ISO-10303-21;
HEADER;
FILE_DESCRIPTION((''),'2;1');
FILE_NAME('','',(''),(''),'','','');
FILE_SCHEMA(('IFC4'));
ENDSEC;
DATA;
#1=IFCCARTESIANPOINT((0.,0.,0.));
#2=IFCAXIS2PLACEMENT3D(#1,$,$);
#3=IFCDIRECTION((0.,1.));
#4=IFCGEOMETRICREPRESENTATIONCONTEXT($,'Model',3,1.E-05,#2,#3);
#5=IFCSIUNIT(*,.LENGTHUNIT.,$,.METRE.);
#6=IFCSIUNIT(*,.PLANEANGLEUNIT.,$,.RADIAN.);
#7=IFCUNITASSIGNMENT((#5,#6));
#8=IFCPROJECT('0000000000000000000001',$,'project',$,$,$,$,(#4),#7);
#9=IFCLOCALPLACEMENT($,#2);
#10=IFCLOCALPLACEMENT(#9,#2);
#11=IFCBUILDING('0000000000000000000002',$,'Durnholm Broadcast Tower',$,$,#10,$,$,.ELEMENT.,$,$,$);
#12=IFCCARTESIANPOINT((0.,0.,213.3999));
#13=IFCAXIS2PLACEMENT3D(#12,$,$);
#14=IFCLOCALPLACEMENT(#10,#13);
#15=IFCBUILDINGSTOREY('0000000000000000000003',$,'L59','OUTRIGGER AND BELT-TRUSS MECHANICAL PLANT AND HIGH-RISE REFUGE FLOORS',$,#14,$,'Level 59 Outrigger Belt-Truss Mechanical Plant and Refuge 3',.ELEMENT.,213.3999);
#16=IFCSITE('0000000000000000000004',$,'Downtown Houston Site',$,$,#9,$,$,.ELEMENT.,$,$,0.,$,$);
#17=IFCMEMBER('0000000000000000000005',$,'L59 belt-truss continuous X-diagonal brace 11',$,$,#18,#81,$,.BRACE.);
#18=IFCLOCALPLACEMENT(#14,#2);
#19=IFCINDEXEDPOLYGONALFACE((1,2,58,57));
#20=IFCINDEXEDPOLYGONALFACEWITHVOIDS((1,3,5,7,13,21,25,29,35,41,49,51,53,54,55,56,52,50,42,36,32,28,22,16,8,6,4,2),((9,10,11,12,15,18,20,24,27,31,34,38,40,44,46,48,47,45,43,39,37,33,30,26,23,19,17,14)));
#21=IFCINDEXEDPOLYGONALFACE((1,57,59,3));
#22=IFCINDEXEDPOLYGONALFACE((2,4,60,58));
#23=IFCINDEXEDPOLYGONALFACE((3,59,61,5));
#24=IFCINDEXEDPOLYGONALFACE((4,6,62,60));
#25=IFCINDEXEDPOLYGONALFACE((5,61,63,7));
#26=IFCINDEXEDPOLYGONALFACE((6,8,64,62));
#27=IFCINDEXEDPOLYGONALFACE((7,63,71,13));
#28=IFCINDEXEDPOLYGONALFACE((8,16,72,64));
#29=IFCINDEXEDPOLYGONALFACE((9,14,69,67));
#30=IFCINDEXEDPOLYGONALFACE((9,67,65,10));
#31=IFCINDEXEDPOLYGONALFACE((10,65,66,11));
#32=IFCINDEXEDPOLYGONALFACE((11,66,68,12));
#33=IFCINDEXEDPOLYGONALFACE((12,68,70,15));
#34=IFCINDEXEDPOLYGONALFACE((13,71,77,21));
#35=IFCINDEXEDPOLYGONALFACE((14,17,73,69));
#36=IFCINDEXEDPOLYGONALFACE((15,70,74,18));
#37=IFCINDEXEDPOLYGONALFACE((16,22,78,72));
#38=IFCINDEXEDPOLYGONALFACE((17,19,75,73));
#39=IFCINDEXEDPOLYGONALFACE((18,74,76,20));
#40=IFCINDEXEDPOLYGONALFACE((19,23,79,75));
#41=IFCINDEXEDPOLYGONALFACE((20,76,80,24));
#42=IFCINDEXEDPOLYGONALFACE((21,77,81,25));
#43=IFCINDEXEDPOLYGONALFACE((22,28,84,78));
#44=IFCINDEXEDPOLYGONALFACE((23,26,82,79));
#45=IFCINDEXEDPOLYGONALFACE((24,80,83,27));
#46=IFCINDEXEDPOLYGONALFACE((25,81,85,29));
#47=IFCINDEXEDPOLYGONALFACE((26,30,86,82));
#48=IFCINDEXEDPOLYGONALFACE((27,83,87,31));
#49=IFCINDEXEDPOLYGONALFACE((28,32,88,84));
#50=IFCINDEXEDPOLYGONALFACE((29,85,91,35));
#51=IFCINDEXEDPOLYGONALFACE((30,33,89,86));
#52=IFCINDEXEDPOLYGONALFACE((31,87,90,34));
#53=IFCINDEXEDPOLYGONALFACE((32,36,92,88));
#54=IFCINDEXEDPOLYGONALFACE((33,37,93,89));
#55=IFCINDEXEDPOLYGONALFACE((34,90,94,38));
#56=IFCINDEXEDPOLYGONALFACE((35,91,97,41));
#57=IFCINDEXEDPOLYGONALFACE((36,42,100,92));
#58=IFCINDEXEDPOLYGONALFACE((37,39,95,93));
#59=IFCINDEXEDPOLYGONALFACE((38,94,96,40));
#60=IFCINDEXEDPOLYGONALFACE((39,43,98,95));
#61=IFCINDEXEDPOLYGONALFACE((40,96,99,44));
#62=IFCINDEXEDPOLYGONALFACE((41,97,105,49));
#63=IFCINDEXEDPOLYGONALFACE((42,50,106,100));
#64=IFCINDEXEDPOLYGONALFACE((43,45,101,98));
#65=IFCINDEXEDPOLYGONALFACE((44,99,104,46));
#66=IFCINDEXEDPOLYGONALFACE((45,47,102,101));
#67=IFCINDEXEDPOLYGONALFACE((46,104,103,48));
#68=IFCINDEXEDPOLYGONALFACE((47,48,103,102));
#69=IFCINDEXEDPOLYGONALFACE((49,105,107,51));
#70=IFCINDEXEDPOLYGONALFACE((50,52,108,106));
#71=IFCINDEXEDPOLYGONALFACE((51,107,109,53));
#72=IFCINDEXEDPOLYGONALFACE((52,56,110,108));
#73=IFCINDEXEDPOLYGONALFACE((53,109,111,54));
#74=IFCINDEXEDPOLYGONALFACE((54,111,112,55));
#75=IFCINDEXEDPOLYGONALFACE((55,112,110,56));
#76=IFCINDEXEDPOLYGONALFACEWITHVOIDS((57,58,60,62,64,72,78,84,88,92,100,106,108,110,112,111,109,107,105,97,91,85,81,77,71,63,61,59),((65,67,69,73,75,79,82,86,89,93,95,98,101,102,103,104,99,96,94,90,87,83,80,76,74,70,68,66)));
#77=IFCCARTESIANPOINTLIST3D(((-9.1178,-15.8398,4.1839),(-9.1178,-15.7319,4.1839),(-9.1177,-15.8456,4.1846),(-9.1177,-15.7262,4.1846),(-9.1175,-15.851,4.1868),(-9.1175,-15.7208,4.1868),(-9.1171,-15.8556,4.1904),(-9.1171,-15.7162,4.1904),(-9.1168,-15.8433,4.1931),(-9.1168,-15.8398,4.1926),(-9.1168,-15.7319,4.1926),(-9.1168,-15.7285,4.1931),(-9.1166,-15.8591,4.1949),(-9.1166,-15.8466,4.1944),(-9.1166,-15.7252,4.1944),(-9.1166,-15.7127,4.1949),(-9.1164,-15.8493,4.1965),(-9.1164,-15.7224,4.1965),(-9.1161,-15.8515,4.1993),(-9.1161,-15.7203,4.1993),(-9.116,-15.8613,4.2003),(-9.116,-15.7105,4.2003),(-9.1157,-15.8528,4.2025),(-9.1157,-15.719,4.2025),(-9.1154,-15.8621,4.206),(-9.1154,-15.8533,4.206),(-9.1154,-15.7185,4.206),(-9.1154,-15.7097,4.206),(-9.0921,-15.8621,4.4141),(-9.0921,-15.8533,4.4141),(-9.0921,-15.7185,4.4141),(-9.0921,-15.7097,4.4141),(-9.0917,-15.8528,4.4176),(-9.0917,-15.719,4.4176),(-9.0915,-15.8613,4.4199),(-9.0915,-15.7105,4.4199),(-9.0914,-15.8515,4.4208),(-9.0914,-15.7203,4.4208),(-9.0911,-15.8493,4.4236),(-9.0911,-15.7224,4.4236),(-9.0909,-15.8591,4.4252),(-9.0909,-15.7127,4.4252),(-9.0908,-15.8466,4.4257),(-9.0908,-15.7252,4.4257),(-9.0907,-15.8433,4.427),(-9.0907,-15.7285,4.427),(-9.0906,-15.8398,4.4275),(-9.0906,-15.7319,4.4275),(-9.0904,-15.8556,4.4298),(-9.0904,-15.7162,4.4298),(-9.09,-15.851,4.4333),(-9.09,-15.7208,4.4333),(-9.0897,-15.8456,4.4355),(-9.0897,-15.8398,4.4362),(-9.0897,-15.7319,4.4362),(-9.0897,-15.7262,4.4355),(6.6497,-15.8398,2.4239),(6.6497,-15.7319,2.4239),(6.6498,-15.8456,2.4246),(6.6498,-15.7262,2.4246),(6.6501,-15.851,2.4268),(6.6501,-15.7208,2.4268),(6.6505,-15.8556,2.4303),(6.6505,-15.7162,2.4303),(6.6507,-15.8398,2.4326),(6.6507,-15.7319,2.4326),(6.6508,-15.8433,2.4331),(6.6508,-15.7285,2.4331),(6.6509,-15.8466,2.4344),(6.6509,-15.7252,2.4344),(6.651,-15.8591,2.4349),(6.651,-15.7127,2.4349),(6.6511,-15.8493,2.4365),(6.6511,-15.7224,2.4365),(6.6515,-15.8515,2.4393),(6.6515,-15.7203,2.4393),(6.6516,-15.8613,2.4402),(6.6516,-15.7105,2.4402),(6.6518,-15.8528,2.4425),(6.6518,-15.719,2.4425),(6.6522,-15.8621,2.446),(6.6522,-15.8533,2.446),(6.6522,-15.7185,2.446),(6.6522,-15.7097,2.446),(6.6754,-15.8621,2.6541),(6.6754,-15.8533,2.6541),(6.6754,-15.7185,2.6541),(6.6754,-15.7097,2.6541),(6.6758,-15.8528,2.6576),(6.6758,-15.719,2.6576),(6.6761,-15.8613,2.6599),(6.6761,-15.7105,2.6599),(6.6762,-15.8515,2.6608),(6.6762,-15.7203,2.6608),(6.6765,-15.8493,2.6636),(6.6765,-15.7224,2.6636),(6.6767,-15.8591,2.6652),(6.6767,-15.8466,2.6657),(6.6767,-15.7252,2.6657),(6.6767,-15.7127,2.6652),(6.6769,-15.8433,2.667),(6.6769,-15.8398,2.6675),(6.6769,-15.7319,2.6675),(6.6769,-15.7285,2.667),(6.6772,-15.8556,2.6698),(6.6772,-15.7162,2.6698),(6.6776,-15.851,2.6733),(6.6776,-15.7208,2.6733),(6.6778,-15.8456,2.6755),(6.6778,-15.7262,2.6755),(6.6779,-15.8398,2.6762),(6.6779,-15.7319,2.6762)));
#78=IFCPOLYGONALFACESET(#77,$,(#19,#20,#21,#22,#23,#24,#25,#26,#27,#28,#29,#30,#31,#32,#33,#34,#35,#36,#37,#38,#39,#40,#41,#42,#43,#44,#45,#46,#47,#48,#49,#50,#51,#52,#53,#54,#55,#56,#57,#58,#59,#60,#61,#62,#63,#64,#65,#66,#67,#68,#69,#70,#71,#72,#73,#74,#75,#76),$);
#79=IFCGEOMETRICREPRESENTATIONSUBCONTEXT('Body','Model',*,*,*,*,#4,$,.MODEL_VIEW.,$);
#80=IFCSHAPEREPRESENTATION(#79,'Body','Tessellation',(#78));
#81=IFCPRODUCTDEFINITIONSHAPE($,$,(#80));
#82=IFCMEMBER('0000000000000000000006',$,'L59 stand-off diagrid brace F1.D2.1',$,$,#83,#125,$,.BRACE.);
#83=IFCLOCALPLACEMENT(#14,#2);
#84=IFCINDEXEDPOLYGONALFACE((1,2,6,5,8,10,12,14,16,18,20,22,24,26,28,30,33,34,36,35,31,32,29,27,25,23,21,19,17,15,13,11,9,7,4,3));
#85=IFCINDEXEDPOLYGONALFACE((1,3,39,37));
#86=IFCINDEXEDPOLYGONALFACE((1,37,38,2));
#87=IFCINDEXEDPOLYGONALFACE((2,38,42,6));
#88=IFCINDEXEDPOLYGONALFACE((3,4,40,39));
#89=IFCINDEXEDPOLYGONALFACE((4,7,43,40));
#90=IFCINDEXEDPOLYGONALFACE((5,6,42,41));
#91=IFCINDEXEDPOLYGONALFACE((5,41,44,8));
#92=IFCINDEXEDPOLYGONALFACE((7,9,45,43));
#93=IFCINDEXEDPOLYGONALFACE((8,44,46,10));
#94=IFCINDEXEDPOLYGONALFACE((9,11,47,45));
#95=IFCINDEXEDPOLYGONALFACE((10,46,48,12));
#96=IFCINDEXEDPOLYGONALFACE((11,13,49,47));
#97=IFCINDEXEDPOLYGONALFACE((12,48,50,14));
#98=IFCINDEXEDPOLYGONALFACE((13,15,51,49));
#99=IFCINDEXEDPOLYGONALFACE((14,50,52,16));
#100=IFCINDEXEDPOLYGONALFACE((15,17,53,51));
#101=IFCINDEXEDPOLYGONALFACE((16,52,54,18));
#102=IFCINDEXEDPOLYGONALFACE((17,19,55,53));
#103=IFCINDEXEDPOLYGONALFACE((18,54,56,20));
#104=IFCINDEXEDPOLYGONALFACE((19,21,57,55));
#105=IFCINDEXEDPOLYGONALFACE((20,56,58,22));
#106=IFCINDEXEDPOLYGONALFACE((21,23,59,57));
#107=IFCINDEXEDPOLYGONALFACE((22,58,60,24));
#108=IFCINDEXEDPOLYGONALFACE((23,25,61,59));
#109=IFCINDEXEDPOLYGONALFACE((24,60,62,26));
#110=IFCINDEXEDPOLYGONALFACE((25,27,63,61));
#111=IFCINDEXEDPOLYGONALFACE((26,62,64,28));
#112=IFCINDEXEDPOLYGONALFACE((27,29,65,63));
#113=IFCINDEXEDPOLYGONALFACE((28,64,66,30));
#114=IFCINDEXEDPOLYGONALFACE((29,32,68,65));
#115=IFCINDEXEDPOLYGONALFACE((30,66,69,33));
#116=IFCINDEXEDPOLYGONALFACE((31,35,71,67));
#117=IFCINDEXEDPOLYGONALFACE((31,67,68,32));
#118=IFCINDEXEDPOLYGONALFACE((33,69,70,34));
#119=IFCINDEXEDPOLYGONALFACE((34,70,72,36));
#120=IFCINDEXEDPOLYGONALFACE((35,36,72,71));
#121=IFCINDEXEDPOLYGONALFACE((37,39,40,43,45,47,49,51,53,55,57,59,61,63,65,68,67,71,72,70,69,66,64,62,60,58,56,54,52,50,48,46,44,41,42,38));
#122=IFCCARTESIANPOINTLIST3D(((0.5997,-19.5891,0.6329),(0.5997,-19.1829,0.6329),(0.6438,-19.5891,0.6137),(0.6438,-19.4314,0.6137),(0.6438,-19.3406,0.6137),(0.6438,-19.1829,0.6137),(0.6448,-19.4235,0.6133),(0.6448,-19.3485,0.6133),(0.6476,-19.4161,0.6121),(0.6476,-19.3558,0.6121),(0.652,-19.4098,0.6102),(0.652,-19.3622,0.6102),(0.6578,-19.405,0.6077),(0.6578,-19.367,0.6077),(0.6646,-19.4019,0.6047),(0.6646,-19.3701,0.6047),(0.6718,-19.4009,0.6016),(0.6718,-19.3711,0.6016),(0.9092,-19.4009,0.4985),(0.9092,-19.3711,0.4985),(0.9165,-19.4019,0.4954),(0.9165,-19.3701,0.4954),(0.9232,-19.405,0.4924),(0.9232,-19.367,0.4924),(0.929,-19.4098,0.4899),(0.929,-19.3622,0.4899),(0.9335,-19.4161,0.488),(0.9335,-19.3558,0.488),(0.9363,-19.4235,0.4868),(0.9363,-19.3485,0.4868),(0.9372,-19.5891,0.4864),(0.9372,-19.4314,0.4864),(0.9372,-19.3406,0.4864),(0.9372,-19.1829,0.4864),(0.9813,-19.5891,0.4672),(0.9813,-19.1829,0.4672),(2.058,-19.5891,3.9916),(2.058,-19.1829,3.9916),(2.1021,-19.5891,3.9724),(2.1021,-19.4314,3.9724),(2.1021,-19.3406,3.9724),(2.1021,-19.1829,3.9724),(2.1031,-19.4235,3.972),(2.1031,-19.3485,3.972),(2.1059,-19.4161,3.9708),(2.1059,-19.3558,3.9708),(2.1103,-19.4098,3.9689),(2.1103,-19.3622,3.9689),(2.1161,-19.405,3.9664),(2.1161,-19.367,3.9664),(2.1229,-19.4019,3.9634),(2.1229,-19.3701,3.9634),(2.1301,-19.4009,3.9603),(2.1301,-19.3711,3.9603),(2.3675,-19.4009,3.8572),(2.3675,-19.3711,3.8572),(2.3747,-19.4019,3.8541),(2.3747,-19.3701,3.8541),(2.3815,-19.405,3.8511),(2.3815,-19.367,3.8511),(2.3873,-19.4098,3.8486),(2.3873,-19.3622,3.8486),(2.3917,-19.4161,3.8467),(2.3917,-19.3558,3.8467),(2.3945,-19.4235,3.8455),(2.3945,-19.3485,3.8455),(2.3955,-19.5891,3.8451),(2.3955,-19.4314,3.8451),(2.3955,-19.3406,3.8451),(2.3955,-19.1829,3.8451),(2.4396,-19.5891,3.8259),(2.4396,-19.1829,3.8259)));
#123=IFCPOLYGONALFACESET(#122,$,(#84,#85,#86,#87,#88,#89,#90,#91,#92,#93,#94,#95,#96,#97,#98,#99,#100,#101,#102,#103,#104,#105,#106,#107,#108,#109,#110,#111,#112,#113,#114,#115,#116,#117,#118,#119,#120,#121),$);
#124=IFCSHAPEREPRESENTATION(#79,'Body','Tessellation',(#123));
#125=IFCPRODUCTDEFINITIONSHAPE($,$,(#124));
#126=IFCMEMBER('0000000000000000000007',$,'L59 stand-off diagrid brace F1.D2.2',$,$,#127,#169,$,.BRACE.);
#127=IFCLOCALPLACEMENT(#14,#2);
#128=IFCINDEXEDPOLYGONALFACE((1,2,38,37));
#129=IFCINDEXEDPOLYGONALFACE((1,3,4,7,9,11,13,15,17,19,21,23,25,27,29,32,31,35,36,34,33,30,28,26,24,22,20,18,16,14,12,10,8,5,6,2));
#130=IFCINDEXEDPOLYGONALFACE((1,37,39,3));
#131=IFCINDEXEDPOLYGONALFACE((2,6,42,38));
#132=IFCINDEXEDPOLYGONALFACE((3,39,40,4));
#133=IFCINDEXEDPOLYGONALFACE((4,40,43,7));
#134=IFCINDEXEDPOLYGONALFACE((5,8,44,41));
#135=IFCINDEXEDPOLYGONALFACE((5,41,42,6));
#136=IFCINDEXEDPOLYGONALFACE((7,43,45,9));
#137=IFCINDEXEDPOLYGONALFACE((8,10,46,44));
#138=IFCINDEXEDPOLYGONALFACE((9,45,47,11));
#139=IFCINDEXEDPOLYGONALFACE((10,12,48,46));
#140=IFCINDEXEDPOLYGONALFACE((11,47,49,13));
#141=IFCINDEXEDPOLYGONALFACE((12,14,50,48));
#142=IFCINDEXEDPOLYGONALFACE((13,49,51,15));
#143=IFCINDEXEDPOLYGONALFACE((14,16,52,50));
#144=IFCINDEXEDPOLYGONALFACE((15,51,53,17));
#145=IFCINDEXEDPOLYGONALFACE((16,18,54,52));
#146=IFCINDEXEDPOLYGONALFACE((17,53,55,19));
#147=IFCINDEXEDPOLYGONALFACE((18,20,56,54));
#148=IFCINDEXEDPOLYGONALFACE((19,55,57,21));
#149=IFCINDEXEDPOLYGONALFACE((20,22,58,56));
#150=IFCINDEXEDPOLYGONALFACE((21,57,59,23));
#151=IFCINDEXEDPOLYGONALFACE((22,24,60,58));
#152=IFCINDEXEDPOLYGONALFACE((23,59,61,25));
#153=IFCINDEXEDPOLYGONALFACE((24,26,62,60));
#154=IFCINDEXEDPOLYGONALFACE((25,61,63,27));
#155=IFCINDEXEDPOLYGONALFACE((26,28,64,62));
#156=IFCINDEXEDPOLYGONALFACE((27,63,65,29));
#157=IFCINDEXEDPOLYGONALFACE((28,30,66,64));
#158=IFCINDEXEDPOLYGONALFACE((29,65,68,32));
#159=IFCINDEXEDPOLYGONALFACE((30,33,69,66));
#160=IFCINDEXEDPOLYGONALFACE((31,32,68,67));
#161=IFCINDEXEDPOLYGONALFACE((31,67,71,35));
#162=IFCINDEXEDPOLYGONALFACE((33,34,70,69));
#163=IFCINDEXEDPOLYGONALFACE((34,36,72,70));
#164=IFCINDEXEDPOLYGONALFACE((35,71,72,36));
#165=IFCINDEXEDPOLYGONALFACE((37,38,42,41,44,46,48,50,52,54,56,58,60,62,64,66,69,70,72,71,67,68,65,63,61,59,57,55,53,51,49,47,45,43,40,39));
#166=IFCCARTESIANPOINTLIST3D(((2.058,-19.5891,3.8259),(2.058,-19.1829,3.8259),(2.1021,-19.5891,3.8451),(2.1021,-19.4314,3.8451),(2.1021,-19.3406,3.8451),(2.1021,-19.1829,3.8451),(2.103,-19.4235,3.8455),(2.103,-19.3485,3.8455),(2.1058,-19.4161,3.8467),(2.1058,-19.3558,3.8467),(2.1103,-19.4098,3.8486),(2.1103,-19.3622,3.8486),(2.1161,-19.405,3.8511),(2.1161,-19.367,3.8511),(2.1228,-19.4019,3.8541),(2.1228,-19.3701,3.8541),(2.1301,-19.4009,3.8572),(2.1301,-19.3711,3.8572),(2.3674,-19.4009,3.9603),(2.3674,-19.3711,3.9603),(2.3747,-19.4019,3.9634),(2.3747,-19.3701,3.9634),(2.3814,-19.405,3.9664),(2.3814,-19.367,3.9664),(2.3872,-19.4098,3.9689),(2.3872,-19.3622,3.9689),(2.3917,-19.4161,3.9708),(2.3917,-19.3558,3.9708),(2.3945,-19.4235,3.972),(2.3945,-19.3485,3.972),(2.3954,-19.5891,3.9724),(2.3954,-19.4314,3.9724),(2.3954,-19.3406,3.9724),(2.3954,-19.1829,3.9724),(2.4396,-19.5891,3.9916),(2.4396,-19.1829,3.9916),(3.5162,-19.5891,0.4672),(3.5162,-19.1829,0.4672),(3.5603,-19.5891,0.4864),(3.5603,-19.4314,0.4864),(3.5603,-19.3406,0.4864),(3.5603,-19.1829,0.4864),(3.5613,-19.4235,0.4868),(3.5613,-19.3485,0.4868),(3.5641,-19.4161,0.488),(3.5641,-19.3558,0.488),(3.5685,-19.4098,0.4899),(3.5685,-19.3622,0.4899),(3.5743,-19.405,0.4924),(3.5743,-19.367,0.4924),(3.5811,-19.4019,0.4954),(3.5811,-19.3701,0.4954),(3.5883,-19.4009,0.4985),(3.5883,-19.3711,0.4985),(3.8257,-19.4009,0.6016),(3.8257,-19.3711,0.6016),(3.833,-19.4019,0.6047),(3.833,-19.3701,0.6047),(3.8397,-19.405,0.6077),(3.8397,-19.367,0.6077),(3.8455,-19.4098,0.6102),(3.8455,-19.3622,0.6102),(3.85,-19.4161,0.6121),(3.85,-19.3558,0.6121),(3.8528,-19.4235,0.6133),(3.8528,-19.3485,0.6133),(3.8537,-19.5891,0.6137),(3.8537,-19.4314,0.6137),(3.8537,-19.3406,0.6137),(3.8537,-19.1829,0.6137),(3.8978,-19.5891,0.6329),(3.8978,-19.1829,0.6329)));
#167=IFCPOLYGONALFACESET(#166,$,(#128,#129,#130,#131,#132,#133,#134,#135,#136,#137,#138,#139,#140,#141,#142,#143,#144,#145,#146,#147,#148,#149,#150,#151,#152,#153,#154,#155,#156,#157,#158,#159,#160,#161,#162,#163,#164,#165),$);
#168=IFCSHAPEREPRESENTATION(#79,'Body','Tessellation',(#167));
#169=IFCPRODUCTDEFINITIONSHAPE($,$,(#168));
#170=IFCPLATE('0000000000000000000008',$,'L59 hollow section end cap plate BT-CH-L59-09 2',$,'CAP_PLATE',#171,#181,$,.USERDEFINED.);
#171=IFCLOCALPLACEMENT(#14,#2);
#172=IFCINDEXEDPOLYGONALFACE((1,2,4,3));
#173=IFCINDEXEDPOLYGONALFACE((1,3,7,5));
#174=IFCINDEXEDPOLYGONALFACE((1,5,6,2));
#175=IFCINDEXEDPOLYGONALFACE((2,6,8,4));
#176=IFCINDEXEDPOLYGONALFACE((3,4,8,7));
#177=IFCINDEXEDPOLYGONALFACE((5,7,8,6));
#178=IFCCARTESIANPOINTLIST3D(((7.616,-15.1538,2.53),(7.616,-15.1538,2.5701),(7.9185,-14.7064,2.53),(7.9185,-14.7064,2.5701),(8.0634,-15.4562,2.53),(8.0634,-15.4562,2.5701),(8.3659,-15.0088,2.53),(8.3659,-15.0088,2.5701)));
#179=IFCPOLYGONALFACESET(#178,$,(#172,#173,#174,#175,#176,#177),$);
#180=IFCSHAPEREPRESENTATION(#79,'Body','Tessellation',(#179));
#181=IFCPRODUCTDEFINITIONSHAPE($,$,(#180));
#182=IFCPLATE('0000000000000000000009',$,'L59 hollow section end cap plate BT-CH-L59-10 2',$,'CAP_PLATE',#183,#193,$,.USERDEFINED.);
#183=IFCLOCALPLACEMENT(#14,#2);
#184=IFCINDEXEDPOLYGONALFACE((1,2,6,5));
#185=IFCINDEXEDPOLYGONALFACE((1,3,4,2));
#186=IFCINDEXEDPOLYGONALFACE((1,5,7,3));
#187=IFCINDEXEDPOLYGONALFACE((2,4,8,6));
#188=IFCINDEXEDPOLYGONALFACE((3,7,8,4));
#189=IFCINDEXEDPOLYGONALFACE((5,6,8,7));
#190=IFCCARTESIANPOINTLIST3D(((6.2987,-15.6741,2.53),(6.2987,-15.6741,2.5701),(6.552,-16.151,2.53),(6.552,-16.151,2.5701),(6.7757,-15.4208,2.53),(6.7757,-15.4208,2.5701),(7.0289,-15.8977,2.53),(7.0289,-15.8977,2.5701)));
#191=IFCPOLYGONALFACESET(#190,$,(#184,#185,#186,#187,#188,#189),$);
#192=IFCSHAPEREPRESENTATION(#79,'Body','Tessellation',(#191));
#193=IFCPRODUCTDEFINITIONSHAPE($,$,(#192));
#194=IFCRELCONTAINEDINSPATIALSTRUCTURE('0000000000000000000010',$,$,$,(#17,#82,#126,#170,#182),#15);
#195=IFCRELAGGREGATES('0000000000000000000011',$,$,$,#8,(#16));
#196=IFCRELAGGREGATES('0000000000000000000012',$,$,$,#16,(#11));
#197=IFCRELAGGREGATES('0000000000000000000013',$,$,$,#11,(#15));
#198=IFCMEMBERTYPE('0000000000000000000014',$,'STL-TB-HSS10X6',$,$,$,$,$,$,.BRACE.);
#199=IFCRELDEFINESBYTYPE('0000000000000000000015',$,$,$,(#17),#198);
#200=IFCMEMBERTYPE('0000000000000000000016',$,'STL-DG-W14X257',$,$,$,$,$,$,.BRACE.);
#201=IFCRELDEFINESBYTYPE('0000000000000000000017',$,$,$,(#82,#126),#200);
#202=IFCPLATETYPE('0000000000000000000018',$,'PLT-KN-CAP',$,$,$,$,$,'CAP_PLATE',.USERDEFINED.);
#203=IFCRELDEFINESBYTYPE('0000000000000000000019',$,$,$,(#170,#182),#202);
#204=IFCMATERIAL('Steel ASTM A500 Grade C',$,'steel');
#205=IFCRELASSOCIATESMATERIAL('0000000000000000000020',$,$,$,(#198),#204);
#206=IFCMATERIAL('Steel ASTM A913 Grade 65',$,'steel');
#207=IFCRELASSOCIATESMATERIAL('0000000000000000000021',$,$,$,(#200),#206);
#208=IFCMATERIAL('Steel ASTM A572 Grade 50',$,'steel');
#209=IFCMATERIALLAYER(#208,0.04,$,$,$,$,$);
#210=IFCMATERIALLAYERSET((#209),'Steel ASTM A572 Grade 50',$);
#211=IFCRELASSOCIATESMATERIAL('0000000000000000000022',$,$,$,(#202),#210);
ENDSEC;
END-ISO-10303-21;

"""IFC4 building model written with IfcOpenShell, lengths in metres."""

from ifc_helpers import new_model, si_unit, direction, frame, origin, origin_2d, place, context, subcontext, project, spatial, rectangle, hollow_rectangle, i_section, extrude, source, transform, mapped, material, layer, layer_set, material_profile, profile_set, type_object, type_shapes, element, save


model = new_model("IFC4")

# Units and contexts
model_context = context("Model", 3, precision=1e-05, world=origin(), true_north=direction((0.0, 1.0)))
body_context = subcontext(model_context, "Body", "Model", "MODEL_VIEW")
ifc_project = project(units=[si_unit("LENGTHUNIT", "METRE"), si_unit("PLANEANGLEUNIT", "RADIAN")], contexts=[model_context])

# Site, building, storey
site_placement = place(None, origin())
site = spatial("IfcSite", under=ifc_project, at=site_placement, Name="Downtown Houston Site", CompositionType="ELEMENT", RefElevation=0.0)
building_placement = place(site_placement, origin())
building = spatial("IfcBuilding", under=site, at=building_placement, Name="Durnholm Broadcast Tower", CompositionType="ELEMENT")
storey_placement = place(building_placement, frame((0.0, 0.0, 213.3999)))
storey = spatial("IfcBuildingStorey", under=building, at=storey_placement, Name="L59", Description="OUTRIGGER AND BELT-TRUSS MECHANICAL PLANT AND HIGH-RISE REFUGE FLOORS", LongName="Level 59 Outrigger Belt-Truss Mechanical Plant and Refuge 3", CompositionType="ELEMENT", Elevation=213.3999)

# Members
ifc_material_1 = material(Name="Steel ASTM A500 Grade C", Category="steel")
ifc_material_profile_1 = material_profile(ifc_material_1, hollow_rectangle(XDim=0.1523, YDim=0.2539, WallThickness=0.0088, InnerFilletRadius=0.0134, OuterFilletRadius=0.0222, at=origin_2d()), Name="HSS10X6X3/8")
ifc_profile_set_1 = profile_set([ifc_material_profile_1], Name="Steel ASTM A500 Grade C")
member_type_1 = type_object("IfcMemberType", Name="STL-TB-HSS10X6", PredefinedType="BRACE", material=ifc_profile_set_1)
shared_shape_1 = source(origin(), body_context, "Body", "SweptSolid", [
    extrude(hollow_rectangle(XDim=0.1523, YDim=0.2539, WallThickness=0.0088, InnerFilletRadius=0.0134, OuterFilletRadius=0.0222, at=origin_2d()), origin(), (0.0, 0.0, 1.0), 15.8655),
])
type_shapes(member_type_1, [shared_shape_1])
member_1_placement = place(storey_placement, frame((6.6638, -15.7859, 2.55), z_axis=(-0.993828, 0.0, 0.110933), x_axis=(0.0, -1.0, 0.0)))
element("IfcMember", 1, at=member_1_placement, inside=storey, type_object=member_type_1, Name="L59 belt-truss continuous X-diagonal brace 11", PredefinedType="BRACE", context=body_context, shape_type="MappedRepresentation", body=[
    mapped(shared_shape_1, transform((0.0, 0.0, 0.0), x_axis=(1.0, 0.0, 0.0), y_axis=(0.0, 1.0, 0.0), z_axis=(0.0, 0.0, 1.0), scale=1.0)),
])
ifc_material_2 = material(Name="Steel ASTM A913 Grade 65", Category="steel")
ifc_material_profile_2 = material_profile(ifc_material_2, i_section(OverallWidth=0.4062, OverallDepth=0.416, WebThickness=0.0298, FlangeThickness=0.0481, FilletRadius=0.0305, at=origin_2d()), Name="W14X257")
ifc_profile_set_2 = profile_set([ifc_material_profile_2], Name="Steel ASTM A913 Grade 65")
member_type_2 = type_object("IfcMemberType", Name="STL-DG-W14X257", PredefinedType="BRACE", material=ifc_profile_set_2)
shared_shape_2 = source(origin(), body_context, "Body", "SweptSolid", [
    extrude(i_section(OverallWidth=0.4062, OverallDepth=0.416, WebThickness=0.0298, FlangeThickness=0.0481, FilletRadius=0.0305, at=origin_2d()), origin(), (0.0, 0.0, 1.0), 3.6616),
])
type_shapes(member_type_2, [shared_shape_2])
for number, where, z_axis, x_axis, name in (
    (2, (0.7905, -19.386, 0.55), (0.39826, 0.0, 0.917272), (0.0, 1.0, 0.0), "L59 stand-off diagrid brace F1.D2.1"),
    (3, (3.707, -19.386, 0.55), (-0.39826, 0.0, 0.917272), (0.0, -1.0, 0.0), "L59 stand-off diagrid brace F1.D2.2"),
):
    element("IfcMember", number, at=place(storey_placement, frame(where, z_axis=z_axis, x_axis=x_axis)), inside=storey, type_object=member_type_2, Name=name, PredefinedType="BRACE", context=body_context, shape_type="MappedRepresentation", body=[
        mapped(shared_shape_2, transform((0.0, 0.0, 0.0), x_axis=(1.0, 0.0, 0.0), y_axis=(0.0, 1.0, 0.0), z_axis=(0.0, 0.0, 1.0), scale=1.0)),
    ])

# Plates
ifc_material_3 = material(Name="Steel ASTM A572 Grade 50", Category="steel")
ifc_layer_1 = layer(ifc_material_3, 0.04)
ifc_layer_set_1 = layer_set([ifc_layer_1], Name="Steel ASTM A572 Grade 50")
plate_type_1 = type_object("IfcPlateType", Name="PLT-KN-CAP", ElementType="CAP_PLATE", PredefinedType="USERDEFINED", material=ifc_layer_set_1)
shared_shape_3 = source(origin(), body_context, "Body", "SweptSolid", [
    extrude(rectangle(XDim=0.54, YDim=0.54, at=origin_2d()), origin(), (0.0, 0.0, 1.0), 0.04),
])
type_shapes(plate_type_1, [shared_shape_3])
for number, where, z_axis, x_axis, name in (
    (4, (7.991, -15.0813, 2.53), (0.0, 0.0, 1.0), (-0.560061, -0.828452, 0.0), "L59 hollow section end cap plate BT-CH-L59-09 2"),
    (5, (6.6638, -15.7859, 2.53), (0.0, 0.0, 1.0), (-0.883193, -0.469009, 0.0), "L59 hollow section end cap plate BT-CH-L59-10 2"),
):
    element("IfcPlate", number, at=place(storey_placement, frame(where, z_axis=z_axis, x_axis=x_axis)), inside=storey, type_object=plate_type_1, Name=name, ObjectType="CAP_PLATE", PredefinedType="USERDEFINED", context=body_context, shape_type="MappedRepresentation", body=[
        mapped(shared_shape_3, transform((0.0, 0.0, 0.0), x_axis=(1.0, 0.0, 0.0), y_axis=(0.0, 1.0, 0.0), z_axis=(0.0, 0.0, 1.0), scale=1.0)),
    ])

save(model, "model.ifc")
